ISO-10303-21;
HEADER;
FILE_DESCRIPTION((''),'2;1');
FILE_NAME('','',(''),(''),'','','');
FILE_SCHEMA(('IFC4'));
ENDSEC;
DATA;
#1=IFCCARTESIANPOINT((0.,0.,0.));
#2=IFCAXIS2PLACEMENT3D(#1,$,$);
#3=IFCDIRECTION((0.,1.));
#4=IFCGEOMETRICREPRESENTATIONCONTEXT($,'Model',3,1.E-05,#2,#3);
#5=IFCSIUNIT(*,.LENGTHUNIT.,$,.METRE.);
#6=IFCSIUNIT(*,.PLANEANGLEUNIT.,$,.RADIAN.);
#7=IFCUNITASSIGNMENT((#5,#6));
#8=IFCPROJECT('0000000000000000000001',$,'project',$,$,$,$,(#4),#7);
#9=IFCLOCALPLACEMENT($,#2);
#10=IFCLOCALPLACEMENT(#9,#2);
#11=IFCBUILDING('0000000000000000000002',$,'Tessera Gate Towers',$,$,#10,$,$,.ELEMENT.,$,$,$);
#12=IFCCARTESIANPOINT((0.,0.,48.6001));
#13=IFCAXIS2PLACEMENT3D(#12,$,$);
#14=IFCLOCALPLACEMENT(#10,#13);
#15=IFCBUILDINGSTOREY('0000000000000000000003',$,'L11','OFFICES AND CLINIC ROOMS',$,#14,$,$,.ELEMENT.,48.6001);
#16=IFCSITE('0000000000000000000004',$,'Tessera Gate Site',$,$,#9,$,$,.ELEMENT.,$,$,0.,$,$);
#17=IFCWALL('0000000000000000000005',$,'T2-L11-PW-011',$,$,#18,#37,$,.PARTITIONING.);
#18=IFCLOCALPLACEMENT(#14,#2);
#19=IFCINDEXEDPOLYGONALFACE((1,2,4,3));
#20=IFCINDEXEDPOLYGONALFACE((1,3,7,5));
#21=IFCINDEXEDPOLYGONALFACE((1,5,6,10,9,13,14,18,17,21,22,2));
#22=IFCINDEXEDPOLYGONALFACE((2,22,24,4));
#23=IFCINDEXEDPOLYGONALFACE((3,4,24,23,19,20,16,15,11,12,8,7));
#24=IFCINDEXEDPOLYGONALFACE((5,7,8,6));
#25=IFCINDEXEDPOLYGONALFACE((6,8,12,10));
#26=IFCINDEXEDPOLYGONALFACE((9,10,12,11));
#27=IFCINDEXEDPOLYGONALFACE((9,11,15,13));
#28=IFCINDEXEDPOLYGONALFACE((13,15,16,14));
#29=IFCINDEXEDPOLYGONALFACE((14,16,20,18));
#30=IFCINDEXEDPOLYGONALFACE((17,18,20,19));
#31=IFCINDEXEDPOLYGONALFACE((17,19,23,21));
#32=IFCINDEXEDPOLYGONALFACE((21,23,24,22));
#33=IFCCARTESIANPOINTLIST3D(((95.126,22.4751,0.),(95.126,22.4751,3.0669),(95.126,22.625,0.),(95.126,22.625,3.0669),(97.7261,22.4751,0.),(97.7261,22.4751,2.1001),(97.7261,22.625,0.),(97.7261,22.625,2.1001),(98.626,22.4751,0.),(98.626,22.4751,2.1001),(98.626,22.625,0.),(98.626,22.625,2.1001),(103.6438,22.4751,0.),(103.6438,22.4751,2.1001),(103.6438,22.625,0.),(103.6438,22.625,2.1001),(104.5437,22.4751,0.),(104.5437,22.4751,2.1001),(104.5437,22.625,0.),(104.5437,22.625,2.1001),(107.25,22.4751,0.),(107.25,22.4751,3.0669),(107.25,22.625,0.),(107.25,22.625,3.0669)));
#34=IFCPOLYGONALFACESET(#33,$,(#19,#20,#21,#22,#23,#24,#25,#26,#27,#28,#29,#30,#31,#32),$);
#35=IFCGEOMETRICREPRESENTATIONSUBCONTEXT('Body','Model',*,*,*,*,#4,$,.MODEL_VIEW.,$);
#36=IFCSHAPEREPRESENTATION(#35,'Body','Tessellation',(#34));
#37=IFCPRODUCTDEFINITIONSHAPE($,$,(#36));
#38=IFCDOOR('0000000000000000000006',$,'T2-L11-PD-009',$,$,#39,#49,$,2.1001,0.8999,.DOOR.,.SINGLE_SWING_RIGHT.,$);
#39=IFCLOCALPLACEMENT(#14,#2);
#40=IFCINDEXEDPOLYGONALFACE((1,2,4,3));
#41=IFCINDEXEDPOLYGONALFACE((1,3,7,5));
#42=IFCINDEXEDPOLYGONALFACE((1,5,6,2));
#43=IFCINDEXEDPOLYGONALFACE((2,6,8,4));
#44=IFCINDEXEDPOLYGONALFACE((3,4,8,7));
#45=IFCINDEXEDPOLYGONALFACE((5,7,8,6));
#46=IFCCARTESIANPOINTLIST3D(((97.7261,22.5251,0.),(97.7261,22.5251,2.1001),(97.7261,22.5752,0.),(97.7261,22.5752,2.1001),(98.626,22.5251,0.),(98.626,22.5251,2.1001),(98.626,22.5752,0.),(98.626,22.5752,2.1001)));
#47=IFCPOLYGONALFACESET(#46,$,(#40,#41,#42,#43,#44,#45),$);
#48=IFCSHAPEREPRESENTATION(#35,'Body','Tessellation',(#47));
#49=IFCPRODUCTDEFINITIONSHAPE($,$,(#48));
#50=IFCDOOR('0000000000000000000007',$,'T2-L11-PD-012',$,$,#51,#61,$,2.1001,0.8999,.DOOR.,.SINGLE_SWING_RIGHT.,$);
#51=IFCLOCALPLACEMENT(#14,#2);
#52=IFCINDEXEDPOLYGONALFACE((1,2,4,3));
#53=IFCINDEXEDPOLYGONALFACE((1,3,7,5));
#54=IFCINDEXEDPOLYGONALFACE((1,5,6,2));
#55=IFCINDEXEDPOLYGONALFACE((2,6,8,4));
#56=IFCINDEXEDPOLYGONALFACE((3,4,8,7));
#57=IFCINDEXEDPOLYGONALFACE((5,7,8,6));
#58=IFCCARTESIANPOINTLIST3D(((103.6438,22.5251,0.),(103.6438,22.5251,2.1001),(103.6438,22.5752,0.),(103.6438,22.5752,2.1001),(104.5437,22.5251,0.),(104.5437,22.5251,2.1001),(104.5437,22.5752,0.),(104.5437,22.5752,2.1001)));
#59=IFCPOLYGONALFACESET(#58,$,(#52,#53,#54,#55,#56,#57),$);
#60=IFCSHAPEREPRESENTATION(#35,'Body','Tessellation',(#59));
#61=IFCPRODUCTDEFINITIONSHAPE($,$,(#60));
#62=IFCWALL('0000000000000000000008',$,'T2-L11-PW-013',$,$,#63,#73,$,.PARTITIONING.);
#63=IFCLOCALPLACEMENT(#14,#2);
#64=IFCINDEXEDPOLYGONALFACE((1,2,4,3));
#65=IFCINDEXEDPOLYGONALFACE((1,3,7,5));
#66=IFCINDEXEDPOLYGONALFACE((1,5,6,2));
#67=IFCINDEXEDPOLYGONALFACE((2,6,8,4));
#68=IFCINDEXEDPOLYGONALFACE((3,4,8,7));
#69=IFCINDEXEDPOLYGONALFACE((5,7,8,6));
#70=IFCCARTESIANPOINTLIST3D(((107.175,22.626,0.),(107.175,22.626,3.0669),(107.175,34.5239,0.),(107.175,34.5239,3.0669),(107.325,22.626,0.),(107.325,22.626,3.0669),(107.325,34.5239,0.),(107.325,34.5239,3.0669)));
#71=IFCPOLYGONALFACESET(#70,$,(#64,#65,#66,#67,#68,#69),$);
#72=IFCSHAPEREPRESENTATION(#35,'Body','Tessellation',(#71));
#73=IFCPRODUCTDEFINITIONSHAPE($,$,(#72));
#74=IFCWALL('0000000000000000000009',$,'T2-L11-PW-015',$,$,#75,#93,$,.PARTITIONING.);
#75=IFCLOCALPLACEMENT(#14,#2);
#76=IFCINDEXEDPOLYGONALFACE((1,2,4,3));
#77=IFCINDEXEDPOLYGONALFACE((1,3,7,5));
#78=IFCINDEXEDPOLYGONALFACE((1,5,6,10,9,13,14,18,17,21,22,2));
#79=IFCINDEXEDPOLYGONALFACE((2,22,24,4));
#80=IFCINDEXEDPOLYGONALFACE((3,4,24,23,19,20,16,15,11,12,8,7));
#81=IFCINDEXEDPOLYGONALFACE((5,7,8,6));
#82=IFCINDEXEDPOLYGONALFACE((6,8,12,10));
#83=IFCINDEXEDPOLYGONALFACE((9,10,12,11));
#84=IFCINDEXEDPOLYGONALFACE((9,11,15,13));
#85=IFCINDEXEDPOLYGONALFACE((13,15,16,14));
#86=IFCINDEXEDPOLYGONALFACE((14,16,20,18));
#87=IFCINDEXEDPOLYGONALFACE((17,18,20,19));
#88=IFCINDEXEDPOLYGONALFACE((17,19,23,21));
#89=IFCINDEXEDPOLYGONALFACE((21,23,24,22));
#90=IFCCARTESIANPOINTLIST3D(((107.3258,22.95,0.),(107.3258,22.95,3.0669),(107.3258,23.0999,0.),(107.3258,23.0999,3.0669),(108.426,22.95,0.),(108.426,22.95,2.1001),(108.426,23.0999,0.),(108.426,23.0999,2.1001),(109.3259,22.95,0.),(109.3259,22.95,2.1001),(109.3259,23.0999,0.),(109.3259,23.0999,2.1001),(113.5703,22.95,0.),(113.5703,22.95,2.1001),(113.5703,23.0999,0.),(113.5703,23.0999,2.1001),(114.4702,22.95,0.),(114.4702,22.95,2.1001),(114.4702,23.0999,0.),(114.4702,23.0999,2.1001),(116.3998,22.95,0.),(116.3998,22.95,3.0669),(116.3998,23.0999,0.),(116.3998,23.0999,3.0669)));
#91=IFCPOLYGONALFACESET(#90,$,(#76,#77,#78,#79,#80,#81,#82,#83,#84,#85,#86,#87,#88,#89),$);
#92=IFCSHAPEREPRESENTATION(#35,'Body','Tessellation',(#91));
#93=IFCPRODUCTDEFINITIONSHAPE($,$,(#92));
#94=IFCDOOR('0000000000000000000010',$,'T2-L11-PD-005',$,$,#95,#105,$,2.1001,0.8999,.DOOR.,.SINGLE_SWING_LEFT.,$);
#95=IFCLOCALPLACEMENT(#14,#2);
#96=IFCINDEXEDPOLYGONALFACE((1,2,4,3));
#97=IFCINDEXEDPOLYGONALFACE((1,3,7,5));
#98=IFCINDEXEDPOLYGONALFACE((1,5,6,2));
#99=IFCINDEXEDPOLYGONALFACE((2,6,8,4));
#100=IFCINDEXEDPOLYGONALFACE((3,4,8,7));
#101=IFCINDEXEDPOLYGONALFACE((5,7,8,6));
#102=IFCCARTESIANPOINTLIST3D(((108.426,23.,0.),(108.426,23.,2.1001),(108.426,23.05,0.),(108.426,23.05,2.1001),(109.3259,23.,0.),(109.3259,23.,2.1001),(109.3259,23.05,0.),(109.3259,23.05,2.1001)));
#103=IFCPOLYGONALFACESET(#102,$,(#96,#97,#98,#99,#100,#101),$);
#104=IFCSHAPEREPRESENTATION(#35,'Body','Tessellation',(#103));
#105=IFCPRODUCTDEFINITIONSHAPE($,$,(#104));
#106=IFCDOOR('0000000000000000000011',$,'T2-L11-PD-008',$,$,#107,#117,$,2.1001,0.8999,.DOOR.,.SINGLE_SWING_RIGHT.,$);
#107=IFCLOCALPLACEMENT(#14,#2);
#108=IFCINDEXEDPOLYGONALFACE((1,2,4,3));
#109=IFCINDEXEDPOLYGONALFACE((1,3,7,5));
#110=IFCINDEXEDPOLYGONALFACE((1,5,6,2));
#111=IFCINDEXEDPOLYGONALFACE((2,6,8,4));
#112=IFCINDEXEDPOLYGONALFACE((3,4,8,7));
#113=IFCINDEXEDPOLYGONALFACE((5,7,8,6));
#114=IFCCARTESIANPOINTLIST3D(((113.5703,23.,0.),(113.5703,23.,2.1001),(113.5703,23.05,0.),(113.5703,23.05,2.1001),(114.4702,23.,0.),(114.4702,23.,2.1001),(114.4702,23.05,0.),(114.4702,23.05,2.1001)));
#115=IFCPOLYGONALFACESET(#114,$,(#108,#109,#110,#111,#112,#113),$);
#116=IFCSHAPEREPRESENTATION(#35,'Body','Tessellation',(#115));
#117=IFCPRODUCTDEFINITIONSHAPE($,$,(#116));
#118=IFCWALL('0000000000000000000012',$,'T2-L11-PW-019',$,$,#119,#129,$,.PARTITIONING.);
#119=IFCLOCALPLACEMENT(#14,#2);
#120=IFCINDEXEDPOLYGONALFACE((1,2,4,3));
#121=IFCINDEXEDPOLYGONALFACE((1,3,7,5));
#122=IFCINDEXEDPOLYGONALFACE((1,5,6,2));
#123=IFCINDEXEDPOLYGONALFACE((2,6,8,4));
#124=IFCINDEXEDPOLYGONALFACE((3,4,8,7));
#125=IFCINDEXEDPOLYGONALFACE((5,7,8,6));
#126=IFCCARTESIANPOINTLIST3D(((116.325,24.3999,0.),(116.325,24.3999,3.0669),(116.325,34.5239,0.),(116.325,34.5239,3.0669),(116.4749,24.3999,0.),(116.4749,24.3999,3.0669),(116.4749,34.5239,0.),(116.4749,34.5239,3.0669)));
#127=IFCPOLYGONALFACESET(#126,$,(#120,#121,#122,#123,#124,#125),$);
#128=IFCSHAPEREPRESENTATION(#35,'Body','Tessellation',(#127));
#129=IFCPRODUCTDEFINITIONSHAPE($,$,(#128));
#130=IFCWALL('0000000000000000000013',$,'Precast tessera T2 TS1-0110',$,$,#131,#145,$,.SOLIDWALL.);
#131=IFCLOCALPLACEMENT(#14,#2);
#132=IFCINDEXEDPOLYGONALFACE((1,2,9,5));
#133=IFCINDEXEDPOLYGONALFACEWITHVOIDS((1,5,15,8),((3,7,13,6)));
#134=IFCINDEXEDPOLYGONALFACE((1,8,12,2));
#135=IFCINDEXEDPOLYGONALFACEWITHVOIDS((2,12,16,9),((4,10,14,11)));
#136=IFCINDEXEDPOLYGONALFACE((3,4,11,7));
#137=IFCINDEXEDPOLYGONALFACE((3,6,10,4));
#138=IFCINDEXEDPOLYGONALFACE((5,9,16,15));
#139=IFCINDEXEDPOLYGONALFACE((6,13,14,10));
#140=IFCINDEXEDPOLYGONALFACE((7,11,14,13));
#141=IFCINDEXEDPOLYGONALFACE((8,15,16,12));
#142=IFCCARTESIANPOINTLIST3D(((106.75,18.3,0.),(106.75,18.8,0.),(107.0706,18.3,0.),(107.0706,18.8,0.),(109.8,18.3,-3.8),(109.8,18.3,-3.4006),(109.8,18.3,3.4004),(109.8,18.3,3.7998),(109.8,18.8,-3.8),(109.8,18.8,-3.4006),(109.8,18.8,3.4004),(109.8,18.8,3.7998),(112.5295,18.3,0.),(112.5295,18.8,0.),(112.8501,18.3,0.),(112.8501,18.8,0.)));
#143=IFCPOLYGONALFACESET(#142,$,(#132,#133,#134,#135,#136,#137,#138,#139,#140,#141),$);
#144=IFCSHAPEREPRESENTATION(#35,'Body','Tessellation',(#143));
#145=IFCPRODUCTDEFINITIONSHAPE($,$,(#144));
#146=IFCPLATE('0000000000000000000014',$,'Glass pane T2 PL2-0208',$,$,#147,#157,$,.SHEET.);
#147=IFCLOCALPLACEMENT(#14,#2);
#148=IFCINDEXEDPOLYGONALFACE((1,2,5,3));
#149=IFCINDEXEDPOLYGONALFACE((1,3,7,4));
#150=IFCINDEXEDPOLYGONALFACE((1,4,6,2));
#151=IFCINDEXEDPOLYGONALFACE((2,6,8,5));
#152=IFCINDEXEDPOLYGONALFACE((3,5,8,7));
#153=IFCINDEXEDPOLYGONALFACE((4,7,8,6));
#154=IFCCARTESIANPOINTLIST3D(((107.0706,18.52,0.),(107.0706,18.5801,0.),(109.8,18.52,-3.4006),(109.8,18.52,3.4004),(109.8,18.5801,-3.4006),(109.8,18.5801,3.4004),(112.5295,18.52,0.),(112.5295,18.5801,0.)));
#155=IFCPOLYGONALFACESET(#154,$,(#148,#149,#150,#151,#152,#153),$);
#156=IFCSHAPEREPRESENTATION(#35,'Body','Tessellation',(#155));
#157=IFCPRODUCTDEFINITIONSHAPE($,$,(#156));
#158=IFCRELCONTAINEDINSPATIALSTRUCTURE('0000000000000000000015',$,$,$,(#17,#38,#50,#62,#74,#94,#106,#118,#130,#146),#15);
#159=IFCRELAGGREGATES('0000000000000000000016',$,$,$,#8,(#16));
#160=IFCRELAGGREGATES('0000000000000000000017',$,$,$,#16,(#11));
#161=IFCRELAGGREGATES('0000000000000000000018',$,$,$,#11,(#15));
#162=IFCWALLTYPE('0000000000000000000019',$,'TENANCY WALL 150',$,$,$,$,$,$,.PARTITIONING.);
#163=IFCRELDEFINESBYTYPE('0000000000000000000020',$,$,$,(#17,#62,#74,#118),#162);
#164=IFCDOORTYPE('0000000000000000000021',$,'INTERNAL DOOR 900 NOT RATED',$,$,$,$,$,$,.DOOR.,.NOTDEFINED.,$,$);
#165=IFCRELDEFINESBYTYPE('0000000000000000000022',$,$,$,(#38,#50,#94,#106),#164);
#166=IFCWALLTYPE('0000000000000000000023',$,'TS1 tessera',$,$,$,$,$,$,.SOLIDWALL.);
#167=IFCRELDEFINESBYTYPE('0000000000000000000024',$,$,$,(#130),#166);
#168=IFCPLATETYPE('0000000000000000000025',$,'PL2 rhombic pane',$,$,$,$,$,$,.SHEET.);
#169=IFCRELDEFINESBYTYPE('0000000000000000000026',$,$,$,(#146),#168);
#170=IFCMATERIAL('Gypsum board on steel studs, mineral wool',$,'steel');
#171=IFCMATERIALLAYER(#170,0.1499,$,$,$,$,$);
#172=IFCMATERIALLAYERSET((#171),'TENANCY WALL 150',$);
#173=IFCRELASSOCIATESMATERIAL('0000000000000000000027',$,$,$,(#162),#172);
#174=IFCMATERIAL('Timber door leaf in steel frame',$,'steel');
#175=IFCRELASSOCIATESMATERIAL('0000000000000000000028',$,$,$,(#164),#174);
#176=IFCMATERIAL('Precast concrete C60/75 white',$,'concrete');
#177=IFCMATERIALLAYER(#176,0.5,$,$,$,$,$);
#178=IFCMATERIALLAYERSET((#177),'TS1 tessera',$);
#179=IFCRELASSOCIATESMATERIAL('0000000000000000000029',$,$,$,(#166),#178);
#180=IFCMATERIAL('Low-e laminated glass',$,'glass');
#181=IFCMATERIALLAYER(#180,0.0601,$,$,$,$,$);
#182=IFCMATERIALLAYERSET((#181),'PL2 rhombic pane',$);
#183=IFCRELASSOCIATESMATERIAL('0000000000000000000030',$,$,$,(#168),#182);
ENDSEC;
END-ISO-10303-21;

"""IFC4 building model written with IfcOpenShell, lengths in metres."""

from ifc_helpers import new_model, si_unit, direction, frame, frame_2d, origin, place, context, subcontext, project, spatial, polyline, rectangle, outline, extrude, source, transform, mapped, material, layer, layer_set, type_object, element, fill, save


model = new_model("IFC4")

# Units and contexts
model_context = context("Model", 3, precision=1e-05, world=origin(), true_north=direction((0.0, 1.0)))
body_context = subcontext(model_context, "Body", "Model", "MODEL_VIEW")
ifc_project = project(units=[si_unit("LENGTHUNIT", "METRE"), si_unit("PLANEANGLEUNIT", "RADIAN")], contexts=[model_context])

# Site, building, storey
site_placement = place(None, origin())
site = spatial("IfcSite", under=ifc_project, at=site_placement, Name="Tessera Gate Site", CompositionType="ELEMENT", RefElevation=0.0)
building_placement = place(site_placement, origin())
building = spatial("IfcBuilding", under=site, at=building_placement, Name="Tessera Gate Towers", CompositionType="ELEMENT")
storey_placement = place(building_placement, frame((0.0, 0.0, 48.6001)))
storey = spatial("IfcBuildingStorey", under=building, at=storey_placement, Name="L11", Description="OFFICES AND CLINIC ROOMS", CompositionType="ELEMENT", Elevation=48.6001)

# Shared definitions
ifc_material_1 = material(Name="Gypsum board on steel studs, mineral wool", Category="steel")
ifc_layer_1 = layer(ifc_material_1, 0.1499)
ifc_layer_set_1 = layer_set([ifc_layer_1], Name="TENANCY WALL 150")
wall_type_1 = type_object("IfcWallType", Name="TENANCY WALL 150", PredefinedType="PARTITIONING", material=ifc_layer_set_1)

# Wall, openings, doors
wall_1_placement = place(storey_placement, frame((107.25, 22.55, 0.0), z_axis=(0.0, 0.0, 1.0), x_axis=(-1.0, 0.0, 0.0)))
wall_1 = element("IfcWall", 1, at=wall_1_placement, inside=storey, type_object=wall_type_1, Name="T2-L11-PW-011", PredefinedType="PARTITIONING", context=body_context, shape_type="SweptSolid", body=[
    extrude(rectangle(XDim=12.124, YDim=0.1499, at=frame_2d((6.062, 0.0))), origin(), (0.0, 0.0, 1.0), 3.0669),
])
shared_shape_1 = source(origin(), body_context, "Body", "SweptSolid", [
    extrude(rectangle(XDim=0.8999, YDim=2.1001, at=frame_2d((0.45, 1.05))), frame((0.0, 0.085, 0.0), z_axis=(0.0, -1.0, 0.0), x_axis=(1.0, 0.0, 0.0)), (0.0, 0.0, 1.0), 0.1699),
])
opening_1_placement = place(wall_1_placement, frame((8.624, 0.0, 0.0)))
opening_1 = element("IfcOpeningElement", 2, at=opening_1_placement, cuts=wall_1, PredefinedType="OPENING", context=body_context, shape_type="MappedRepresentation", body=[
    mapped(shared_shape_1, transform((0.0, 0.0, 0.0), scale=1.0)),
])
opening_2_placement = place(wall_1_placement, frame((2.7063, 0.0, 0.0)))
opening_2 = element("IfcOpeningElement", 3, at=opening_2_placement, cuts=wall_1, PredefinedType="OPENING", context=body_context, shape_type="MappedRepresentation", body=[
    mapped(shared_shape_1, transform((0.0, 0.0, 0.0), scale=1.0)),
])
ifc_material_2 = material(Name="Timber door leaf in steel frame", Category="steel")
door_type = type_object("IfcDoorType", Name="INTERNAL DOOR 900 NOT RATED", OperationType="NOTDEFINED", PredefinedType="DOOR", material=ifc_material_2)
shared_shape_2 = source(origin(), body_context, "Body", "SweptSolid", [
    extrude(rectangle(XDim=0.8999, YDim=2.1001, at=frame_2d((0.45, 1.05))), frame((0.0, 0.0249, 0.0), z_axis=(0.0, -1.0, 0.0), x_axis=(1.0, 0.0, 0.0)), (0.0, 0.0, 1.0), 0.05),
])
door_1_placement = place(opening_1_placement, origin())
door_1 = element("IfcDoor", 4, at=door_1_placement, inside=storey, type_object=door_type, Name="T2-L11-PD-009", OperationType="SINGLE_SWING_RIGHT", OverallHeight=2.1001, OverallWidth=0.8999, PredefinedType="DOOR", context=body_context, shape_type="MappedRepresentation", body=[
    mapped(shared_shape_2, transform((0.0, 0.0, 0.0), scale=1.0)),
])
fill(opening_1, door_1)
door_2_placement = place(opening_2_placement, origin())
door_2 = element("IfcDoor", 5, at=door_2_placement, inside=storey, type_object=door_type, Name="T2-L11-PD-012", OperationType="SINGLE_SWING_RIGHT", OverallHeight=2.1001, OverallWidth=0.8999, PredefinedType="DOOR", context=body_context, shape_type="MappedRepresentation", body=[
    mapped(shared_shape_2, transform((0.0, 0.0, 0.0), scale=1.0)),
])
fill(opening_2, door_2)

# Wall
wall_2_placement = place(storey_placement, frame((107.25, 22.626, 0.0), z_axis=(0.0, 0.0, 1.0), x_axis=(0.0, 1.0, 0.0)))
element("IfcWall", 6, at=wall_2_placement, inside=storey, type_object=wall_type_1, Name="T2-L11-PW-013", PredefinedType="PARTITIONING", context=body_context, shape_type="SweptSolid", body=[
    extrude(rectangle(XDim=11.8979, YDim=0.1499, at=frame_2d((5.949, 0.0))), origin(), (0.0, 0.0, 1.0), 3.0669),
])

# Wall, openings, doors
wall_3_placement = place(storey_placement, frame((116.3999, 23.0249, 0.0), z_axis=(0.0, 0.0, 1.0), x_axis=(-1.0, 0.0, 0.0)))
wall_3 = element("IfcWall", 7, at=wall_3_placement, inside=storey, type_object=wall_type_1, Name="T2-L11-PW-015", PredefinedType="PARTITIONING", context=body_context, shape_type="SweptSolid", body=[
    extrude(rectangle(XDim=9.074, YDim=0.1499, at=frame_2d((4.5371, 0.0))), origin(), (0.0, 0.0, 1.0), 3.0669),
])
opening_3_placement = place(wall_3_placement, frame((7.074, 0.0, 0.0)))
opening_3 = element("IfcOpeningElement", 8, at=opening_3_placement, cuts=wall_3, PredefinedType="OPENING", context=body_context, shape_type="MappedRepresentation", body=[
    mapped(shared_shape_1, transform((0.0, 0.0, 0.0), scale=1.0)),
])
opening_4_placement = place(wall_3_placement, frame((1.9297, 0.0, 0.0)))
opening_4 = element("IfcOpeningElement", 9, at=opening_4_placement, cuts=wall_3, PredefinedType="OPENING", context=body_context, shape_type="MappedRepresentation", body=[
    mapped(shared_shape_1, transform((0.0, 0.0, 0.0), scale=1.0)),
])
door_3_placement = place(opening_3_placement, origin())
door_3 = element("IfcDoor", 10, at=door_3_placement, inside=storey, type_object=door_type, Name="T2-L11-PD-005", OperationType="SINGLE_SWING_LEFT", OverallHeight=2.1001, OverallWidth=0.8999, PredefinedType="DOOR", context=body_context, shape_type="MappedRepresentation", body=[
    mapped(shared_shape_2, transform((0.0, 0.0, 0.0), scale=1.0)),
])
fill(opening_3, door_3)
door_4_placement = place(opening_4_placement, origin())
door_4 = element("IfcDoor", 11, at=door_4_placement, inside=storey, type_object=door_type, Name="T2-L11-PD-008", OperationType="SINGLE_SWING_RIGHT", OverallHeight=2.1001, OverallWidth=0.8999, PredefinedType="DOOR", context=body_context, shape_type="MappedRepresentation", body=[
    mapped(shared_shape_2, transform((0.0, 0.0, 0.0), scale=1.0)),
])
fill(opening_4, door_4)

# Wall
wall_4_placement = place(storey_placement, frame((116.3999, 24.3999, 0.0), z_axis=(0.0, 0.0, 1.0), x_axis=(0.0, 1.0, 0.0)))
element("IfcWall", 12, at=wall_4_placement, inside=storey, type_object=wall_type_1, Name="T2-L11-PW-019", PredefinedType="PARTITIONING", context=body_context, shape_type="SweptSolid", body=[
    extrude(rectangle(XDim=10.124, YDim=0.1499, at=frame_2d((5.062, 0.0))), origin(), (0.0, 0.0, 1.0), 3.0669),
])

# Wall, opening, plate
ifc_material_3 = material(Name="Precast concrete C60/75 white", Category="concrete")
ifc_layer_2 = layer(ifc_material_3, 0.5)
ifc_layer_set_2 = layer_set([ifc_layer_2], Name="TS1 tessera")
wall_type_2 = type_object("IfcWallType", Name="TS1 tessera", PredefinedType="SOLIDWALL", material=ifc_layer_set_2)
shared_shape_3 = source(origin(), body_context, "Body", "SweptSolid", [
    extrude(outline(polyline([(3.05, 0.0), (6.1001, 3.8), (3.05, 7.5999), (0.0, 3.8), (3.05, 0.0)])), frame((0.0, 0.25, 0.0), z_axis=(0.0, -1.0, 0.0), x_axis=(1.0, 0.0, 0.0)), (0.0, 0.0, 1.0), 0.5),
])
wall_5_placement = place(storey_placement, frame((106.75, 18.55, -3.8), z_axis=(0.0, 0.0, 1.0), x_axis=(1.0, 0.0, 0.0)))
wall_5 = element("IfcWall", 13, at=wall_5_placement, inside=storey, type_object=wall_type_2, Name="Precast tessera T2 TS1-0110", PredefinedType="SOLIDWALL", context=body_context, shape_type="MappedRepresentation", body=[
    mapped(shared_shape_3, transform((0.0, 0.0, 0.0), scale=1.0)),
])
shared_shape_4 = source(origin(), body_context, "Body", "SweptSolid", [
    extrude(outline(polyline([(3.05, 0.3994), (5.7795, 3.8), (3.05, 7.2004), (0.3206, 3.8), (3.05, 0.3994)])), frame((0.0, 0.26, 0.0), z_axis=(0.0, -1.0, 0.0), x_axis=(1.0, 0.0, 0.0)), (0.0, 0.0, 1.0), 0.52),
])
opening_5_placement = place(wall_5_placement, origin())
opening_5 = element("IfcOpeningElement", 14, at=opening_5_placement, cuts=wall_5, PredefinedType="OPENING", context=body_context, shape_type="MappedRepresentation", body=[
    mapped(shared_shape_4, transform((0.0, 0.0, 0.0), scale=1.0)),
])
ifc_material_4 = material(Name="Low-e laminated glass", Category="glass")
ifc_layer_3 = layer(ifc_material_4, 0.0601)
ifc_layer_set_3 = layer_set([ifc_layer_3], Name="PL2 rhombic pane")
plate_type = type_object("IfcPlateType", Name="PL2 rhombic pane", PredefinedType="SHEET", material=ifc_layer_set_3)
shared_shape_5 = source(origin(), body_context, "Body", "SweptSolid", [
    extrude(outline(polyline([(3.05, 0.3994), (5.7795, 3.8), (3.05, 7.2004), (0.3206, 3.8), (3.05, 0.3994)])), frame((0.0, 0.03, 0.0), z_axis=(0.0, -1.0, 0.0), x_axis=(1.0, 0.0, 0.0)), (0.0, 0.0, 1.0), 0.0601),
])
plate_placement = place(opening_5_placement, origin())
plate = element("IfcPlate", 15, at=plate_placement, inside=storey, type_object=plate_type, Name="Glass pane T2 PL2-0208", PredefinedType="SHEET", context=body_context, shape_type="MappedRepresentation", body=[
    mapped(shared_shape_5, transform((0.0, 0.0, 0.0), scale=1.0)),
])
fill(opening_5, plate)

save(model, "model.ifc")
